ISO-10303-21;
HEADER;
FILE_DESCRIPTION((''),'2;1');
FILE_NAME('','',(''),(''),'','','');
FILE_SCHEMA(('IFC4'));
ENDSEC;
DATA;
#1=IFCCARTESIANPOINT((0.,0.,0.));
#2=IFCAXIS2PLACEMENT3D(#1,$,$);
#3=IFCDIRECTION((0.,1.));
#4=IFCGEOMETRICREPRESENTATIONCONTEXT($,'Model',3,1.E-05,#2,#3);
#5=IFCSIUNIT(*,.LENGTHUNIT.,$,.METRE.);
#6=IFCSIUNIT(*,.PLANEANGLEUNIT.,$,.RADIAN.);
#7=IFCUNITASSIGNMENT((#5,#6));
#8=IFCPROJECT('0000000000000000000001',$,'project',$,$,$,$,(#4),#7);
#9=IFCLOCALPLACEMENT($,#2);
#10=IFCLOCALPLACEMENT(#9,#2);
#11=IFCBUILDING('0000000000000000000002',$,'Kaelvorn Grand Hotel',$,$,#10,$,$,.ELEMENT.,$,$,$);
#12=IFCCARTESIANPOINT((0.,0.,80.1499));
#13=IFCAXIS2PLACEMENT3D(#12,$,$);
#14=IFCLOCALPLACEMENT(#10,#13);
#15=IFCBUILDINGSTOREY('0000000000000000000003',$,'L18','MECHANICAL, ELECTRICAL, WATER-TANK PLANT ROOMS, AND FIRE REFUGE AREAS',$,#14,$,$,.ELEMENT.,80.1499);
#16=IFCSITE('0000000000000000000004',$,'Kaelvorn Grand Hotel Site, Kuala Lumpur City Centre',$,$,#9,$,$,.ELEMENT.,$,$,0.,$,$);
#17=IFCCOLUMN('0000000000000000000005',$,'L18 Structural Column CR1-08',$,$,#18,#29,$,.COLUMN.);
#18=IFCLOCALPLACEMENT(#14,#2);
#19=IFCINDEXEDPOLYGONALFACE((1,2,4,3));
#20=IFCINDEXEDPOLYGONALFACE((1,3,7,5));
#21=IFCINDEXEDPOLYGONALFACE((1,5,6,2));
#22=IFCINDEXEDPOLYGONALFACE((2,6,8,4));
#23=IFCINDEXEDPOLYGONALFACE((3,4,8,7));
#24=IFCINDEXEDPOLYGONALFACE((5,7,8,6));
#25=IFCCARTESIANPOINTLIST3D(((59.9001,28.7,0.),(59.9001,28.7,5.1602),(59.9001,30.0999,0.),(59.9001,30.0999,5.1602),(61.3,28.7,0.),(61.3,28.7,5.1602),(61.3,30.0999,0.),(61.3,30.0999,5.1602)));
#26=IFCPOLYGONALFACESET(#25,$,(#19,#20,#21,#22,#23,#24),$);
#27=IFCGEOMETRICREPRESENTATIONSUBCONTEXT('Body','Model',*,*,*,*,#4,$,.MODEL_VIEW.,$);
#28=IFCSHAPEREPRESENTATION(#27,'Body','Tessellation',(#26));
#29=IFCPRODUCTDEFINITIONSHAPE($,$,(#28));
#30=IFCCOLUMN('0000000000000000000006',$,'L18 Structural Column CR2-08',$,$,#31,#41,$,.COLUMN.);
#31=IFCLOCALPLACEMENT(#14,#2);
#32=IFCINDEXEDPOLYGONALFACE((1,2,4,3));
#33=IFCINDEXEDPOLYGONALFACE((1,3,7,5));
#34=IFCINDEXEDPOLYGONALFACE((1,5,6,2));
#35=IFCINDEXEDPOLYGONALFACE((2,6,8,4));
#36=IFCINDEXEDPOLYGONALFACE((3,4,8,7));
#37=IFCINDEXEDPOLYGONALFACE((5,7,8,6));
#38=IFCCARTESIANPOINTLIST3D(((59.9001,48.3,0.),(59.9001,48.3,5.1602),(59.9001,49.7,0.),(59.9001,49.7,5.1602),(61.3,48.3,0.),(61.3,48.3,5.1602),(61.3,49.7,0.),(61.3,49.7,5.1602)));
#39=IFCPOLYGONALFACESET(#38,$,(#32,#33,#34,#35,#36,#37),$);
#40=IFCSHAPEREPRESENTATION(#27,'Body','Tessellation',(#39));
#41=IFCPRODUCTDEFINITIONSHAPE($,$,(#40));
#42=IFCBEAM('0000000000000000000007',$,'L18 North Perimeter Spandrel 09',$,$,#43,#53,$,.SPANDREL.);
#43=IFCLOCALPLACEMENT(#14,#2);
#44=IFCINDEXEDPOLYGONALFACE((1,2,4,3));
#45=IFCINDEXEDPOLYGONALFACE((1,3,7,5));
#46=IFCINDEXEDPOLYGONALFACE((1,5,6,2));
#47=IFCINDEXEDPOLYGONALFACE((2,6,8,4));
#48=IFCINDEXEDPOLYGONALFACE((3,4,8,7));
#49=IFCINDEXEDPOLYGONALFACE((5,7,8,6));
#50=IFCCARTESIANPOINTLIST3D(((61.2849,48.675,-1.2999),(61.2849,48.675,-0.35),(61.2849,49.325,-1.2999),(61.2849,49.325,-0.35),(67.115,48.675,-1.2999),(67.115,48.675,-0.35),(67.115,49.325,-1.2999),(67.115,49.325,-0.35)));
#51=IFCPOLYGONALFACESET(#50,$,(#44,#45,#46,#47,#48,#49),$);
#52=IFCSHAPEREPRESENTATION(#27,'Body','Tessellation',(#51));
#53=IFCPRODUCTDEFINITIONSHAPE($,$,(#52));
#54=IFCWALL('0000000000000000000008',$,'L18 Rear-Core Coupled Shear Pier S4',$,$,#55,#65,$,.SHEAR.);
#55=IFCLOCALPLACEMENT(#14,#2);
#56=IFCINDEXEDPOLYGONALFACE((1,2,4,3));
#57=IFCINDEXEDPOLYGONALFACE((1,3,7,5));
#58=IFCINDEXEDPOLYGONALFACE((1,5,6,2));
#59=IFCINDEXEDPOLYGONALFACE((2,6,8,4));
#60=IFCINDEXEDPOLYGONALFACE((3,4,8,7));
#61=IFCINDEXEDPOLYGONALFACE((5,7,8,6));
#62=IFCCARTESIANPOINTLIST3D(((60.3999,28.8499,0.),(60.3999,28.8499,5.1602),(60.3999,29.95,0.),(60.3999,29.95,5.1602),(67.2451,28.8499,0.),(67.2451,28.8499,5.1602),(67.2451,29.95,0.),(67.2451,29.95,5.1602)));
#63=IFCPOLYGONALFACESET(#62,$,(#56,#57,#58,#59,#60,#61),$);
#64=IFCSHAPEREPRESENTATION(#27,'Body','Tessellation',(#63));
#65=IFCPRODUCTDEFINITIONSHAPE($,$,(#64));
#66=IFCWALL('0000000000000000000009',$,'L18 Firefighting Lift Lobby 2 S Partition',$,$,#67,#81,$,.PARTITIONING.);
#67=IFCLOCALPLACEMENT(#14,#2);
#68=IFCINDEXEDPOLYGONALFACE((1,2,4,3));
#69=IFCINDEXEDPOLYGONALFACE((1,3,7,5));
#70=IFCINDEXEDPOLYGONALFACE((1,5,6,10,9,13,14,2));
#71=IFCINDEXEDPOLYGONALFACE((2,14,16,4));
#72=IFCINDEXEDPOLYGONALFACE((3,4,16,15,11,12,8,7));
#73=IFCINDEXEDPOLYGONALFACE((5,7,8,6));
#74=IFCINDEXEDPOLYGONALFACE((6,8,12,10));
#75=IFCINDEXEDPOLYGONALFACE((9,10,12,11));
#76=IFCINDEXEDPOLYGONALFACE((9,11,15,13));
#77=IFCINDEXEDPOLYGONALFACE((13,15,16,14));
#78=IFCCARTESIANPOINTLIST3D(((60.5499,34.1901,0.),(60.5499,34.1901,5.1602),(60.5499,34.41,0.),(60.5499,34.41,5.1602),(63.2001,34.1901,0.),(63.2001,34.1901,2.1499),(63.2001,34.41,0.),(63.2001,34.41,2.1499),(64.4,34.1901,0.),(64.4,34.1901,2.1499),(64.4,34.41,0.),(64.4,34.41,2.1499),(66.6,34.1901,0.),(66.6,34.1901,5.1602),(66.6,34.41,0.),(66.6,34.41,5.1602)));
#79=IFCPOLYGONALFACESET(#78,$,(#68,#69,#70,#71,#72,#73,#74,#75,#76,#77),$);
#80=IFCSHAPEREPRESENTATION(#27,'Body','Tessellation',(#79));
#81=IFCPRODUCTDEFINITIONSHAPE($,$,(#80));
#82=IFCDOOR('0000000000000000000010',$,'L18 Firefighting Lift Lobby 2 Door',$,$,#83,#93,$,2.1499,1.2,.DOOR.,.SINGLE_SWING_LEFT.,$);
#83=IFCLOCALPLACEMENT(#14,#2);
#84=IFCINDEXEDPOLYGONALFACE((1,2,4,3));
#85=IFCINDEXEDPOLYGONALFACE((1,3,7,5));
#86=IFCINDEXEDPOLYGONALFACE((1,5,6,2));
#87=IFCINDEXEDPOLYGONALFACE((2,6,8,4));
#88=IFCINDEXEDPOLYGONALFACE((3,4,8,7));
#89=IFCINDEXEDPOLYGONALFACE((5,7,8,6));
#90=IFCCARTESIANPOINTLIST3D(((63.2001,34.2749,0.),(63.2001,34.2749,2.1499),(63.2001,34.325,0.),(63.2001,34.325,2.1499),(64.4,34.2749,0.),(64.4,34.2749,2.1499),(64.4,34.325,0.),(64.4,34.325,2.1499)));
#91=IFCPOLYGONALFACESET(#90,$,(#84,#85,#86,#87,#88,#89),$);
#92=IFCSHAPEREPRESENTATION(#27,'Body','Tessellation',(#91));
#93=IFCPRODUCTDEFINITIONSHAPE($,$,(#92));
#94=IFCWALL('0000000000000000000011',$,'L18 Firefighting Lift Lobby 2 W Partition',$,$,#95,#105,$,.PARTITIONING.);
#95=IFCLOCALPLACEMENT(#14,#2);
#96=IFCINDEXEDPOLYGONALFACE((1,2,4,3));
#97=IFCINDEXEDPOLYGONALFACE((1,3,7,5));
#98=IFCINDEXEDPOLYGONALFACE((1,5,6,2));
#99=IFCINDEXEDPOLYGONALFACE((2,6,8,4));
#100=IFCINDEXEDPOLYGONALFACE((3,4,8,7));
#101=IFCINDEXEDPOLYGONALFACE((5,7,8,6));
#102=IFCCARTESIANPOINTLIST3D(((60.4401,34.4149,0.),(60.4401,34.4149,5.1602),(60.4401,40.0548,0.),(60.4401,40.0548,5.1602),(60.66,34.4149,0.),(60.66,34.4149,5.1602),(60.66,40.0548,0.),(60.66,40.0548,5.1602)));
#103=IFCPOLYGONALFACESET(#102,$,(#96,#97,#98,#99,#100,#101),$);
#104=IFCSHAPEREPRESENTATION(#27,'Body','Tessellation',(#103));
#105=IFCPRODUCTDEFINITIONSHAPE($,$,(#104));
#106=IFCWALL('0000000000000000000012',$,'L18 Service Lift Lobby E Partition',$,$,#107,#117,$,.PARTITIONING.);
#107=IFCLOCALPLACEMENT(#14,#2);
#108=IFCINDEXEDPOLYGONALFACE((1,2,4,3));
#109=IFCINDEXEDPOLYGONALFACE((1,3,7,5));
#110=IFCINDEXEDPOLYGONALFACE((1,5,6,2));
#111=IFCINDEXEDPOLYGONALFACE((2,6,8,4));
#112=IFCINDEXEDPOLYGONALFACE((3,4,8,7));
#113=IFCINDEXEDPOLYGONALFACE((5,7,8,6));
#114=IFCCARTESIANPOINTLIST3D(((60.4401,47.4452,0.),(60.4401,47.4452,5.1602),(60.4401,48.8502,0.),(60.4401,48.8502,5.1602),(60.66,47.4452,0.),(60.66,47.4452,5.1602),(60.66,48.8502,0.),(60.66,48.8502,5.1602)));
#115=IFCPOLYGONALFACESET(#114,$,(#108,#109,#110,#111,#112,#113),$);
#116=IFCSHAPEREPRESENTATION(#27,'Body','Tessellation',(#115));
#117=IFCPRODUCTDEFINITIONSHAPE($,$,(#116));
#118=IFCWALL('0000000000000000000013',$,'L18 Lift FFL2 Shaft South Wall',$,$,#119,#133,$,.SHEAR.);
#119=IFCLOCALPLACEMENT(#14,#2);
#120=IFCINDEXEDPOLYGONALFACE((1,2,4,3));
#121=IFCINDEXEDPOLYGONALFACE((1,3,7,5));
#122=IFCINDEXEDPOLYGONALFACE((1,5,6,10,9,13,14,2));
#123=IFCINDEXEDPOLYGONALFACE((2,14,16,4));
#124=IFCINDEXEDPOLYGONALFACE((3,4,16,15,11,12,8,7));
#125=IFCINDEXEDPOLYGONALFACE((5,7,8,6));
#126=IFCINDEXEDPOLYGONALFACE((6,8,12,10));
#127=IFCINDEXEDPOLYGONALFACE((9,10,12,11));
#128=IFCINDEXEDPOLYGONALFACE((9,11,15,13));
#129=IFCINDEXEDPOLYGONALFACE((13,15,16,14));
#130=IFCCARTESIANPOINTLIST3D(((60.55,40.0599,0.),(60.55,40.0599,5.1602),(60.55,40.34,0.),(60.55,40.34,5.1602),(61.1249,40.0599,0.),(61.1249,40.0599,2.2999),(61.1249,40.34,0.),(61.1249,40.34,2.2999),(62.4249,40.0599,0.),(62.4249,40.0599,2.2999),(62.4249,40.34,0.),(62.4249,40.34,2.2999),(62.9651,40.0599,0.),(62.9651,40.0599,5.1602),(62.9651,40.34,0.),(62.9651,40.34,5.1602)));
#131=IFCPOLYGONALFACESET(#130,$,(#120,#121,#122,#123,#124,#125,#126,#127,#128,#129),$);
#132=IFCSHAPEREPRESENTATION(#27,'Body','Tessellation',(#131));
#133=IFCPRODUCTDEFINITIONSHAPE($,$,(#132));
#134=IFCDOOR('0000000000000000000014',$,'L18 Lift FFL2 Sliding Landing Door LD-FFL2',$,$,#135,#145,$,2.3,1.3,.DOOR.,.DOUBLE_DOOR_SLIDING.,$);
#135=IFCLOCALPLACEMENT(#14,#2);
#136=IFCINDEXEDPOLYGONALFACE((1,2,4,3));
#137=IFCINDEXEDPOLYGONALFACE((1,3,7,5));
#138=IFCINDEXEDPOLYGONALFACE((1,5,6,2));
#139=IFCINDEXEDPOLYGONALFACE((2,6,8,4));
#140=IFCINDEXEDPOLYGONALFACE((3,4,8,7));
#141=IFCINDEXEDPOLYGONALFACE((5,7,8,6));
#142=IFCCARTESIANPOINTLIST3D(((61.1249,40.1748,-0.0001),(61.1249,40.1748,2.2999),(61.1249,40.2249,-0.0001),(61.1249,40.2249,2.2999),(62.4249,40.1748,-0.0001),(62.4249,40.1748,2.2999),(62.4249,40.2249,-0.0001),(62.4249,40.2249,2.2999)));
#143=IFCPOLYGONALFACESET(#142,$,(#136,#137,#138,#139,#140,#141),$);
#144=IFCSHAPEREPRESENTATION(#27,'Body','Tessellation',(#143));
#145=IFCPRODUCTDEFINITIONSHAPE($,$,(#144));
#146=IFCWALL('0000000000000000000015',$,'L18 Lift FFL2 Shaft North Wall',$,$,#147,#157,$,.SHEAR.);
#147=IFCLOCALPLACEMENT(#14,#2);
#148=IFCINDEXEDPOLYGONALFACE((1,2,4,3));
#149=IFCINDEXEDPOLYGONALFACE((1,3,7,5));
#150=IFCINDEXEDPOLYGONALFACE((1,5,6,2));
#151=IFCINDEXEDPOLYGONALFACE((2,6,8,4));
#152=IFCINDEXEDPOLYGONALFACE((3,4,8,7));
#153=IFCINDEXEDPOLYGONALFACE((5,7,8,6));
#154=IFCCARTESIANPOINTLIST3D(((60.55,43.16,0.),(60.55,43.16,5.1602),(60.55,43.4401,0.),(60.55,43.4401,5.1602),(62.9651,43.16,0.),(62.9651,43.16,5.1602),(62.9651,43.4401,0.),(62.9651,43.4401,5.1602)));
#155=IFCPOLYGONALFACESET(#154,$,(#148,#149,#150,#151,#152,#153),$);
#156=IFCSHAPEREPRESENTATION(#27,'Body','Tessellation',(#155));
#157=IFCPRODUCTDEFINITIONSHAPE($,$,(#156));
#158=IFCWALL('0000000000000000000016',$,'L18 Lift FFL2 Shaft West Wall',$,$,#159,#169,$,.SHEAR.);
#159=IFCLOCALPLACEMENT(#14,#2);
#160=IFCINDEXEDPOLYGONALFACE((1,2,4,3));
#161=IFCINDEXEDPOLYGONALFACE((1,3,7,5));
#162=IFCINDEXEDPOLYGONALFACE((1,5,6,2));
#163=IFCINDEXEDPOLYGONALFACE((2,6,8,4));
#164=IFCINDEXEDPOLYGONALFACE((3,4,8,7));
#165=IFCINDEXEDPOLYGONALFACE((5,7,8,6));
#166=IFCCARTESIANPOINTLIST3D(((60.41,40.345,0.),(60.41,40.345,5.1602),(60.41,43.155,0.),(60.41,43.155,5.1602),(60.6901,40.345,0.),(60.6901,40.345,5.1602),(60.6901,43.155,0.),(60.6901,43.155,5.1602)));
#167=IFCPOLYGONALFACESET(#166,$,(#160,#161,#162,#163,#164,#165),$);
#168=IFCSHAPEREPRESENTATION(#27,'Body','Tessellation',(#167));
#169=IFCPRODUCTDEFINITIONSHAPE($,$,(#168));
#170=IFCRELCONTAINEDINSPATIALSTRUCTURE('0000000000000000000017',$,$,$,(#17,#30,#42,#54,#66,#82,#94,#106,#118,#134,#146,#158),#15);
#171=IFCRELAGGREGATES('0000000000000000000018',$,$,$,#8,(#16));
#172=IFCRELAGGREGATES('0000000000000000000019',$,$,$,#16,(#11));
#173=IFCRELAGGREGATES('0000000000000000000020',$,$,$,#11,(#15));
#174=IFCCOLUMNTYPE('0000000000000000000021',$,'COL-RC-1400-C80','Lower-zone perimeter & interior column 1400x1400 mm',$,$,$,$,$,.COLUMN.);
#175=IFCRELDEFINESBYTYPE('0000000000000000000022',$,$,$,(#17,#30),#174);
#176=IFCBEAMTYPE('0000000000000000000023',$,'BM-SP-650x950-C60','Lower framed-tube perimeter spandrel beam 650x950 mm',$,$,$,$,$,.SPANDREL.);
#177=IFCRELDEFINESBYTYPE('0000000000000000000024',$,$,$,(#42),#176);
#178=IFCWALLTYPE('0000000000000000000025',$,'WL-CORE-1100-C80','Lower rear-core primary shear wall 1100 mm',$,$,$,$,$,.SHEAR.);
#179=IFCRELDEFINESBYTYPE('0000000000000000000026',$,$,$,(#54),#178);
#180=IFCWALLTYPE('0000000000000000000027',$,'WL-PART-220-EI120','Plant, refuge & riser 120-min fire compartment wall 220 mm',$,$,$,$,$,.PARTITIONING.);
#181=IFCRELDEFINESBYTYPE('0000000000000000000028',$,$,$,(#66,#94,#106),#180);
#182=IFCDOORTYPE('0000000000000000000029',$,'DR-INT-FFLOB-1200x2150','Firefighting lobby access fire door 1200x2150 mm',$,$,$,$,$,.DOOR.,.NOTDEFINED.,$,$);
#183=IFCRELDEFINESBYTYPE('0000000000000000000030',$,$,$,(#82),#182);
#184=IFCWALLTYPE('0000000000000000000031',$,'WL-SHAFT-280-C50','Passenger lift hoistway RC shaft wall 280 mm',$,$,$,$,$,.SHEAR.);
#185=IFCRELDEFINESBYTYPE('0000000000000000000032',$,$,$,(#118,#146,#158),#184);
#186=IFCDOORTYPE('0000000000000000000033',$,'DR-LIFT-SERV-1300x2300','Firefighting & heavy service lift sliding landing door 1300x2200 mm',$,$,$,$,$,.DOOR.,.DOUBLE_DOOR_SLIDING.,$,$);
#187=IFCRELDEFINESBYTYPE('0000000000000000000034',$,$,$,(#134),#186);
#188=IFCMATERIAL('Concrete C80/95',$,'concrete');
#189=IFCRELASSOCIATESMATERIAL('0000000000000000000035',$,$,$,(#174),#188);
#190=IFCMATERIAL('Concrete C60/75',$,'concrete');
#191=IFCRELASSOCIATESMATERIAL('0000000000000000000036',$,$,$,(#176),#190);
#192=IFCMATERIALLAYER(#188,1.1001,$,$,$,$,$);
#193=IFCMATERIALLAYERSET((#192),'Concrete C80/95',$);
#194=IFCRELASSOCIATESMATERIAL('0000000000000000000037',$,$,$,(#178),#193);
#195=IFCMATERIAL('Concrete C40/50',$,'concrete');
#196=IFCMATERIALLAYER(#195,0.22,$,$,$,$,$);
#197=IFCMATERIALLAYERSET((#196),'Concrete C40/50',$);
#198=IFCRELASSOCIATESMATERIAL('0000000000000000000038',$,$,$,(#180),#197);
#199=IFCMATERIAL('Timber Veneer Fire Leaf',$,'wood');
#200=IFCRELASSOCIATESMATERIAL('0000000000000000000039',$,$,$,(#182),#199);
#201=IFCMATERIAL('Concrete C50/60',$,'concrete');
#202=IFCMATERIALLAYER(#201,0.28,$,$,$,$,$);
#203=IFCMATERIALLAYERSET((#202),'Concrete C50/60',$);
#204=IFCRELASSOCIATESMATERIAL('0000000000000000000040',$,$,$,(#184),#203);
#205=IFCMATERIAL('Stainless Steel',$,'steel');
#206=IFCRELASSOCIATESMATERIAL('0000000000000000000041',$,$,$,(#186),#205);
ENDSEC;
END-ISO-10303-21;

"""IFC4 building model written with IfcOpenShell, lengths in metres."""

from ifc_helpers import new_model, si_unit, direction, frame, frame_2d, origin, origin_2d, place, context, subcontext, project, spatial, rectangle, extrude, material, layer, layer_set, material_profile, profile_set, type_object, element, fill, save


model = new_model("IFC4")

# Units and contexts
model_context = context("Model", 3, precision=1e-05, world=origin(), true_north=direction((0.0, 1.0)))
body_context = subcontext(model_context, "Body", "Model", "MODEL_VIEW")
ifc_project = project(units=[si_unit("LENGTHUNIT", "METRE"), si_unit("PLANEANGLEUNIT", "RADIAN")], contexts=[model_context])

# Site, building, storey
site_placement = place(None, origin())
site = spatial("IfcSite", under=ifc_project, at=site_placement, Name="Kaelvorn Grand Hotel Site, Kuala Lumpur City Centre", CompositionType="ELEMENT", RefElevation=0.0)
building_placement = place(site_placement, origin())
building = spatial("IfcBuilding", under=site, at=building_placement, Name="Kaelvorn Grand Hotel", CompositionType="ELEMENT")
storey_placement = place(building_placement, frame((0.0, 0.0, 80.1499)))
storey = spatial("IfcBuildingStorey", under=building, at=storey_placement, Name="L18", Description="MECHANICAL, ELECTRICAL, WATER-TANK PLANT ROOMS, AND FIRE REFUGE AREAS", CompositionType="ELEMENT", Elevation=80.1499)

# Columns
ifc_material_1 = material(Name="Concrete C80/95", Category="concrete")
ifc_material_profile_1 = material_profile(ifc_material_1, rectangle(XDim=1.3999, YDim=1.3999, at=origin_2d()), Name="RC COL 1400x1400")
ifc_profile_set_1 = profile_set([ifc_material_profile_1], Name="Concrete C80/95")
column_type = type_object("IfcColumnType", Name="COL-RC-1400-C80", Description="Lower-zone perimeter & interior column 1400x1400 mm", PredefinedType="COLUMN", material=ifc_profile_set_1)
for number, where, z_axis, x_axis, name in (
    (1, (60.6001, 29.3999, 0.0), (0.0, 0.0, 1.0), (1.0, 0.0, 0.0), "L18 Structural Column CR1-08"),
    (2, (60.6001, 49.0, 0.0), (0.0, 0.0, 1.0), (1.0, 0.0, 0.0), "L18 Structural Column CR2-08"),
):
    element("IfcColumn", number, at=place(storey_placement, frame(where, z_axis=z_axis, x_axis=x_axis)), inside=storey, type_object=column_type, Name=name, PredefinedType="COLUMN", context=body_context, shape_type="SweptSolid", body=[
        extrude(rectangle(XDim=1.3999, YDim=1.3999, at=origin_2d()), origin(), (0.0, 0.0, 1.0), 5.1602),
    ])

# Beam
ifc_material_2 = material(Name="Concrete C60/75", Category="concrete")
ifc_material_profile_2 = material_profile(ifc_material_2, rectangle(XDim=0.6499, YDim=0.95, at=origin_2d()), Name="RC SPANDREL 650x950")
ifc_profile_set_2 = profile_set([ifc_material_profile_2], Name="Concrete C60/75")
beam_type = type_object("IfcBeamType", Name="BM-SP-650x950-C60", Description="Lower framed-tube perimeter spandrel beam 650x950 mm", PredefinedType="SPANDREL", material=ifc_profile_set_2)
beam_placement = place(storey_placement, frame((61.2849, 49.0, -0.825), z_axis=(1.0, 0.0, 0.0), x_axis=(0.0, 1.0, 0.0)))
element("IfcBeam", 3, at=beam_placement, inside=storey, type_object=beam_type, Name="L18 North Perimeter Spandrel 09", PredefinedType="SPANDREL", context=body_context, shape_type="SweptSolid", body=[
    extrude(rectangle(XDim=0.6499, YDim=0.95, at=origin_2d()), origin(), (0.0, 0.0, 1.0), 5.8301),
])

# Wall
ifc_layer_1 = layer(ifc_material_1, 1.1001)
ifc_layer_set_1 = layer_set([ifc_layer_1], Name="Concrete C80/95")
wall_type_1 = type_object("IfcWallType", Name="WL-CORE-1100-C80", Description="Lower rear-core primary shear wall 1100 mm", PredefinedType="SHEAR", material=ifc_layer_set_1)
wall_1_placement = place(storey_placement, frame((60.3999, 29.3999, 0.0), z_axis=(0.0, 0.0, 1.0), x_axis=(1.0, 0.0, 0.0)))
element("IfcWall", 4, at=wall_1_placement, inside=storey, type_object=wall_type_1, Name="L18 Rear-Core Coupled Shear Pier S4", PredefinedType="SHEAR", context=body_context, shape_type="SweptSolid", body=[
    extrude(rectangle(XDim=6.8452, YDim=1.1001, at=frame_2d((3.4226, 0.0))), origin(), (0.0, 0.0, 1.0), 5.1602),
])

# Wall, opening, door
ifc_material_3 = material(Name="Concrete C40/50", Category="concrete")
ifc_layer_2 = layer(ifc_material_3, 0.22)
ifc_layer_set_2 = layer_set([ifc_layer_2], Name="Concrete C40/50")
wall_type_2 = type_object("IfcWallType", Name="WL-PART-220-EI120", Description="Plant, refuge & riser 120-min fire compartment wall 220 mm", PredefinedType="PARTITIONING", material=ifc_layer_set_2)
wall_2_placement = place(storey_placement, frame((60.55, 34.3, 0.0), z_axis=(0.0, 0.0, 1.0), x_axis=(1.0, 0.0, 0.0)))
wall_2 = element("IfcWall", 5, at=wall_2_placement, inside=storey, type_object=wall_type_2, Name="L18 Firefighting Lift Lobby 2 S Partition", PredefinedType="PARTITIONING", context=body_context, shape_type="SweptSolid", body=[
    extrude(rectangle(XDim=6.05, YDim=0.22, at=frame_2d((3.0249, 0.0))), origin(), (0.0, 0.0, 1.0), 5.1602),
])
opening_1_placement = place(wall_2_placement, frame((2.6499, 0.0, 0.0)))
opening_1 = element("IfcOpeningElement", 6, at=opening_1_placement, cuts=wall_2, PredefinedType="OPENING", context=body_context, shape_type="SweptSolid", body=[
    extrude(rectangle(XDim=1.2, YDim=2.1499, at=frame_2d((0.6001, 1.075))), frame((0.0, 0.1201, 0.0), z_axis=(0.0, -1.0, 0.0), x_axis=(1.0, 0.0, 0.0)), (0.0, 0.0, 1.0), 0.24),
])
ifc_material_4 = material(Name="Timber Veneer Fire Leaf", Category="wood")
door_type_1 = type_object("IfcDoorType", Name="DR-INT-FFLOB-1200x2150", Description="Firefighting lobby access fire door 1200x2150 mm", OperationType="NOTDEFINED", PredefinedType="DOOR", material=ifc_material_4)
door_1_placement = place(opening_1_placement, origin())
door_1 = element("IfcDoor", 7, at=door_1_placement, inside=storey, type_object=door_type_1, Name="L18 Firefighting Lift Lobby 2 Door", OperationType="SINGLE_SWING_LEFT", OverallHeight=2.1499, OverallWidth=1.2, PredefinedType="DOOR", context=body_context, shape_type="SweptSolid", body=[
    extrude(rectangle(XDim=1.2, YDim=2.1499, at=frame_2d((0.6001, 1.075))), frame((0.0, 0.0249, 0.0), z_axis=(0.0, -1.0, 0.0), x_axis=(1.0, 0.0, 0.0)), (0.0, 0.0, 1.0), 0.05),
])
fill(opening_1, door_1)

# Walls
wall_3_placement = place(storey_placement, frame((60.55, 34.415, 0.0), z_axis=(0.0, 0.0, 1.0), x_axis=(0.0, 1.0, 0.0)))
element("IfcWall", 8, at=wall_3_placement, inside=storey, type_object=wall_type_2, Name="L18 Firefighting Lift Lobby 2 W Partition", PredefinedType="PARTITIONING", context=body_context, shape_type="SweptSolid", body=[
    extrude(rectangle(XDim=5.6399, YDim=0.22, at=frame_2d((2.8198, 0.0))), origin(), (0.0, 0.0, 1.0), 5.1602),
])
wall_4_placement = place(storey_placement, frame((60.55, 47.4451, 0.0), z_axis=(0.0, 0.0, 1.0), x_axis=(0.0, 1.0, 0.0)))
element("IfcWall", 9, at=wall_4_placement, inside=storey, type_object=wall_type_2, Name="L18 Service Lift Lobby E Partition", PredefinedType="PARTITIONING", context=body_context, shape_type="SweptSolid", body=[
    extrude(rectangle(XDim=1.405, YDim=0.22, at=frame_2d((0.7026, 0.0))), origin(), (0.0, 0.0, 1.0), 5.1602),
])

# Wall, opening, door
ifc_material_5 = material(Name="Concrete C50/60", Category="concrete")
ifc_layer_3 = layer(ifc_material_5, 0.28)
ifc_layer_set_3 = layer_set([ifc_layer_3], Name="Concrete C50/60")
wall_type_3 = type_object("IfcWallType", Name="WL-SHAFT-280-C50", Description="Passenger lift hoistway RC shaft wall 280 mm", PredefinedType="SHEAR", material=ifc_layer_set_3)
wall_5_placement = place(storey_placement, frame((60.55, 40.2, 0.0), z_axis=(0.0, 0.0, 1.0), x_axis=(1.0, 0.0, 0.0)))
wall_5 = element("IfcWall", 10, at=wall_5_placement, inside=storey, type_object=wall_type_3, Name="L18 Lift FFL2 Shaft South Wall", PredefinedType="SHEAR", context=body_context, shape_type="SweptSolid", body=[
    extrude(rectangle(XDim=2.415, YDim=0.28, at=frame_2d((1.2075, 0.0))), origin(), (0.0, 0.0, 1.0), 5.1602),
])
opening_2_placement = place(wall_5_placement, frame((0.575, 0.0, 0.0)))
opening_2 = element("IfcOpeningElement", 11, at=opening_2_placement, cuts=wall_5, PredefinedType="OPENING", context=body_context, shape_type="SweptSolid", body=[
    extrude(rectangle(XDim=1.3, YDim=2.3, at=frame_2d((0.6499, 1.1499))), frame((0.0, 0.1499, 0.0), z_axis=(0.0, -1.0, 0.0), x_axis=(1.0, 0.0, 0.0)), (0.0, 0.0, 1.0), 0.3),
])
ifc_material_6 = material(Name="Stainless Steel", Category="steel")
door_type_2 = type_object("IfcDoorType", Name="DR-LIFT-SERV-1300x2300", Description="Firefighting & heavy service lift sliding landing door 1300x2200 mm", OperationType="DOUBLE_DOOR_SLIDING", PredefinedType="DOOR", material=ifc_material_6)
door_2_placement = place(opening_2_placement, origin())
door_2 = element("IfcDoor", 12, at=door_2_placement, inside=storey, type_object=door_type_2, Name="L18 Lift FFL2 Sliding Landing Door LD-FFL2", OperationType="DOUBLE_DOOR_SLIDING", OverallHeight=2.3, OverallWidth=1.3, PredefinedType="DOOR", context=body_context, shape_type="SweptSolid", body=[
    extrude(rectangle(XDim=1.3, YDim=2.3, at=frame_2d((0.6499, 1.1499))), frame((0.0, 0.0249, 0.0), z_axis=(0.0, -1.0, 0.0), x_axis=(1.0, 0.0, 0.0)), (0.0, 0.0, 1.0), 0.05),
])
fill(opening_2, door_2)

# Walls
wall_6_placement = place(storey_placement, frame((60.55, 43.3, 0.0), z_axis=(0.0, 0.0, 1.0), x_axis=(1.0, 0.0, 0.0)))
element("IfcWall", 13, at=wall_6_placement, inside=storey, type_object=wall_type_3, Name="L18 Lift FFL2 Shaft North Wall", PredefinedType="SHEAR", context=body_context, shape_type="SweptSolid", body=[
    extrude(rectangle(XDim=2.415, YDim=0.28, at=frame_2d((1.2075, 0.0))), origin(), (0.0, 0.0, 1.0), 5.1602),
])
wall_7_placement = place(storey_placement, frame((60.55, 40.345, 0.0), z_axis=(0.0, 0.0, 1.0), x_axis=(0.0, 1.0, 0.0)))
element("IfcWall", 14, at=wall_7_placement, inside=storey, type_object=wall_type_3, Name="L18 Lift FFL2 Shaft West Wall", PredefinedType="SHEAR", context=body_context, shape_type="SweptSolid", body=[
    extrude(rectangle(XDim=2.8101, YDim=0.28, at=frame_2d((1.405, 0.0))), origin(), (0.0, 0.0, 1.0), 5.1602),
])

save(model, "model.ifc")
